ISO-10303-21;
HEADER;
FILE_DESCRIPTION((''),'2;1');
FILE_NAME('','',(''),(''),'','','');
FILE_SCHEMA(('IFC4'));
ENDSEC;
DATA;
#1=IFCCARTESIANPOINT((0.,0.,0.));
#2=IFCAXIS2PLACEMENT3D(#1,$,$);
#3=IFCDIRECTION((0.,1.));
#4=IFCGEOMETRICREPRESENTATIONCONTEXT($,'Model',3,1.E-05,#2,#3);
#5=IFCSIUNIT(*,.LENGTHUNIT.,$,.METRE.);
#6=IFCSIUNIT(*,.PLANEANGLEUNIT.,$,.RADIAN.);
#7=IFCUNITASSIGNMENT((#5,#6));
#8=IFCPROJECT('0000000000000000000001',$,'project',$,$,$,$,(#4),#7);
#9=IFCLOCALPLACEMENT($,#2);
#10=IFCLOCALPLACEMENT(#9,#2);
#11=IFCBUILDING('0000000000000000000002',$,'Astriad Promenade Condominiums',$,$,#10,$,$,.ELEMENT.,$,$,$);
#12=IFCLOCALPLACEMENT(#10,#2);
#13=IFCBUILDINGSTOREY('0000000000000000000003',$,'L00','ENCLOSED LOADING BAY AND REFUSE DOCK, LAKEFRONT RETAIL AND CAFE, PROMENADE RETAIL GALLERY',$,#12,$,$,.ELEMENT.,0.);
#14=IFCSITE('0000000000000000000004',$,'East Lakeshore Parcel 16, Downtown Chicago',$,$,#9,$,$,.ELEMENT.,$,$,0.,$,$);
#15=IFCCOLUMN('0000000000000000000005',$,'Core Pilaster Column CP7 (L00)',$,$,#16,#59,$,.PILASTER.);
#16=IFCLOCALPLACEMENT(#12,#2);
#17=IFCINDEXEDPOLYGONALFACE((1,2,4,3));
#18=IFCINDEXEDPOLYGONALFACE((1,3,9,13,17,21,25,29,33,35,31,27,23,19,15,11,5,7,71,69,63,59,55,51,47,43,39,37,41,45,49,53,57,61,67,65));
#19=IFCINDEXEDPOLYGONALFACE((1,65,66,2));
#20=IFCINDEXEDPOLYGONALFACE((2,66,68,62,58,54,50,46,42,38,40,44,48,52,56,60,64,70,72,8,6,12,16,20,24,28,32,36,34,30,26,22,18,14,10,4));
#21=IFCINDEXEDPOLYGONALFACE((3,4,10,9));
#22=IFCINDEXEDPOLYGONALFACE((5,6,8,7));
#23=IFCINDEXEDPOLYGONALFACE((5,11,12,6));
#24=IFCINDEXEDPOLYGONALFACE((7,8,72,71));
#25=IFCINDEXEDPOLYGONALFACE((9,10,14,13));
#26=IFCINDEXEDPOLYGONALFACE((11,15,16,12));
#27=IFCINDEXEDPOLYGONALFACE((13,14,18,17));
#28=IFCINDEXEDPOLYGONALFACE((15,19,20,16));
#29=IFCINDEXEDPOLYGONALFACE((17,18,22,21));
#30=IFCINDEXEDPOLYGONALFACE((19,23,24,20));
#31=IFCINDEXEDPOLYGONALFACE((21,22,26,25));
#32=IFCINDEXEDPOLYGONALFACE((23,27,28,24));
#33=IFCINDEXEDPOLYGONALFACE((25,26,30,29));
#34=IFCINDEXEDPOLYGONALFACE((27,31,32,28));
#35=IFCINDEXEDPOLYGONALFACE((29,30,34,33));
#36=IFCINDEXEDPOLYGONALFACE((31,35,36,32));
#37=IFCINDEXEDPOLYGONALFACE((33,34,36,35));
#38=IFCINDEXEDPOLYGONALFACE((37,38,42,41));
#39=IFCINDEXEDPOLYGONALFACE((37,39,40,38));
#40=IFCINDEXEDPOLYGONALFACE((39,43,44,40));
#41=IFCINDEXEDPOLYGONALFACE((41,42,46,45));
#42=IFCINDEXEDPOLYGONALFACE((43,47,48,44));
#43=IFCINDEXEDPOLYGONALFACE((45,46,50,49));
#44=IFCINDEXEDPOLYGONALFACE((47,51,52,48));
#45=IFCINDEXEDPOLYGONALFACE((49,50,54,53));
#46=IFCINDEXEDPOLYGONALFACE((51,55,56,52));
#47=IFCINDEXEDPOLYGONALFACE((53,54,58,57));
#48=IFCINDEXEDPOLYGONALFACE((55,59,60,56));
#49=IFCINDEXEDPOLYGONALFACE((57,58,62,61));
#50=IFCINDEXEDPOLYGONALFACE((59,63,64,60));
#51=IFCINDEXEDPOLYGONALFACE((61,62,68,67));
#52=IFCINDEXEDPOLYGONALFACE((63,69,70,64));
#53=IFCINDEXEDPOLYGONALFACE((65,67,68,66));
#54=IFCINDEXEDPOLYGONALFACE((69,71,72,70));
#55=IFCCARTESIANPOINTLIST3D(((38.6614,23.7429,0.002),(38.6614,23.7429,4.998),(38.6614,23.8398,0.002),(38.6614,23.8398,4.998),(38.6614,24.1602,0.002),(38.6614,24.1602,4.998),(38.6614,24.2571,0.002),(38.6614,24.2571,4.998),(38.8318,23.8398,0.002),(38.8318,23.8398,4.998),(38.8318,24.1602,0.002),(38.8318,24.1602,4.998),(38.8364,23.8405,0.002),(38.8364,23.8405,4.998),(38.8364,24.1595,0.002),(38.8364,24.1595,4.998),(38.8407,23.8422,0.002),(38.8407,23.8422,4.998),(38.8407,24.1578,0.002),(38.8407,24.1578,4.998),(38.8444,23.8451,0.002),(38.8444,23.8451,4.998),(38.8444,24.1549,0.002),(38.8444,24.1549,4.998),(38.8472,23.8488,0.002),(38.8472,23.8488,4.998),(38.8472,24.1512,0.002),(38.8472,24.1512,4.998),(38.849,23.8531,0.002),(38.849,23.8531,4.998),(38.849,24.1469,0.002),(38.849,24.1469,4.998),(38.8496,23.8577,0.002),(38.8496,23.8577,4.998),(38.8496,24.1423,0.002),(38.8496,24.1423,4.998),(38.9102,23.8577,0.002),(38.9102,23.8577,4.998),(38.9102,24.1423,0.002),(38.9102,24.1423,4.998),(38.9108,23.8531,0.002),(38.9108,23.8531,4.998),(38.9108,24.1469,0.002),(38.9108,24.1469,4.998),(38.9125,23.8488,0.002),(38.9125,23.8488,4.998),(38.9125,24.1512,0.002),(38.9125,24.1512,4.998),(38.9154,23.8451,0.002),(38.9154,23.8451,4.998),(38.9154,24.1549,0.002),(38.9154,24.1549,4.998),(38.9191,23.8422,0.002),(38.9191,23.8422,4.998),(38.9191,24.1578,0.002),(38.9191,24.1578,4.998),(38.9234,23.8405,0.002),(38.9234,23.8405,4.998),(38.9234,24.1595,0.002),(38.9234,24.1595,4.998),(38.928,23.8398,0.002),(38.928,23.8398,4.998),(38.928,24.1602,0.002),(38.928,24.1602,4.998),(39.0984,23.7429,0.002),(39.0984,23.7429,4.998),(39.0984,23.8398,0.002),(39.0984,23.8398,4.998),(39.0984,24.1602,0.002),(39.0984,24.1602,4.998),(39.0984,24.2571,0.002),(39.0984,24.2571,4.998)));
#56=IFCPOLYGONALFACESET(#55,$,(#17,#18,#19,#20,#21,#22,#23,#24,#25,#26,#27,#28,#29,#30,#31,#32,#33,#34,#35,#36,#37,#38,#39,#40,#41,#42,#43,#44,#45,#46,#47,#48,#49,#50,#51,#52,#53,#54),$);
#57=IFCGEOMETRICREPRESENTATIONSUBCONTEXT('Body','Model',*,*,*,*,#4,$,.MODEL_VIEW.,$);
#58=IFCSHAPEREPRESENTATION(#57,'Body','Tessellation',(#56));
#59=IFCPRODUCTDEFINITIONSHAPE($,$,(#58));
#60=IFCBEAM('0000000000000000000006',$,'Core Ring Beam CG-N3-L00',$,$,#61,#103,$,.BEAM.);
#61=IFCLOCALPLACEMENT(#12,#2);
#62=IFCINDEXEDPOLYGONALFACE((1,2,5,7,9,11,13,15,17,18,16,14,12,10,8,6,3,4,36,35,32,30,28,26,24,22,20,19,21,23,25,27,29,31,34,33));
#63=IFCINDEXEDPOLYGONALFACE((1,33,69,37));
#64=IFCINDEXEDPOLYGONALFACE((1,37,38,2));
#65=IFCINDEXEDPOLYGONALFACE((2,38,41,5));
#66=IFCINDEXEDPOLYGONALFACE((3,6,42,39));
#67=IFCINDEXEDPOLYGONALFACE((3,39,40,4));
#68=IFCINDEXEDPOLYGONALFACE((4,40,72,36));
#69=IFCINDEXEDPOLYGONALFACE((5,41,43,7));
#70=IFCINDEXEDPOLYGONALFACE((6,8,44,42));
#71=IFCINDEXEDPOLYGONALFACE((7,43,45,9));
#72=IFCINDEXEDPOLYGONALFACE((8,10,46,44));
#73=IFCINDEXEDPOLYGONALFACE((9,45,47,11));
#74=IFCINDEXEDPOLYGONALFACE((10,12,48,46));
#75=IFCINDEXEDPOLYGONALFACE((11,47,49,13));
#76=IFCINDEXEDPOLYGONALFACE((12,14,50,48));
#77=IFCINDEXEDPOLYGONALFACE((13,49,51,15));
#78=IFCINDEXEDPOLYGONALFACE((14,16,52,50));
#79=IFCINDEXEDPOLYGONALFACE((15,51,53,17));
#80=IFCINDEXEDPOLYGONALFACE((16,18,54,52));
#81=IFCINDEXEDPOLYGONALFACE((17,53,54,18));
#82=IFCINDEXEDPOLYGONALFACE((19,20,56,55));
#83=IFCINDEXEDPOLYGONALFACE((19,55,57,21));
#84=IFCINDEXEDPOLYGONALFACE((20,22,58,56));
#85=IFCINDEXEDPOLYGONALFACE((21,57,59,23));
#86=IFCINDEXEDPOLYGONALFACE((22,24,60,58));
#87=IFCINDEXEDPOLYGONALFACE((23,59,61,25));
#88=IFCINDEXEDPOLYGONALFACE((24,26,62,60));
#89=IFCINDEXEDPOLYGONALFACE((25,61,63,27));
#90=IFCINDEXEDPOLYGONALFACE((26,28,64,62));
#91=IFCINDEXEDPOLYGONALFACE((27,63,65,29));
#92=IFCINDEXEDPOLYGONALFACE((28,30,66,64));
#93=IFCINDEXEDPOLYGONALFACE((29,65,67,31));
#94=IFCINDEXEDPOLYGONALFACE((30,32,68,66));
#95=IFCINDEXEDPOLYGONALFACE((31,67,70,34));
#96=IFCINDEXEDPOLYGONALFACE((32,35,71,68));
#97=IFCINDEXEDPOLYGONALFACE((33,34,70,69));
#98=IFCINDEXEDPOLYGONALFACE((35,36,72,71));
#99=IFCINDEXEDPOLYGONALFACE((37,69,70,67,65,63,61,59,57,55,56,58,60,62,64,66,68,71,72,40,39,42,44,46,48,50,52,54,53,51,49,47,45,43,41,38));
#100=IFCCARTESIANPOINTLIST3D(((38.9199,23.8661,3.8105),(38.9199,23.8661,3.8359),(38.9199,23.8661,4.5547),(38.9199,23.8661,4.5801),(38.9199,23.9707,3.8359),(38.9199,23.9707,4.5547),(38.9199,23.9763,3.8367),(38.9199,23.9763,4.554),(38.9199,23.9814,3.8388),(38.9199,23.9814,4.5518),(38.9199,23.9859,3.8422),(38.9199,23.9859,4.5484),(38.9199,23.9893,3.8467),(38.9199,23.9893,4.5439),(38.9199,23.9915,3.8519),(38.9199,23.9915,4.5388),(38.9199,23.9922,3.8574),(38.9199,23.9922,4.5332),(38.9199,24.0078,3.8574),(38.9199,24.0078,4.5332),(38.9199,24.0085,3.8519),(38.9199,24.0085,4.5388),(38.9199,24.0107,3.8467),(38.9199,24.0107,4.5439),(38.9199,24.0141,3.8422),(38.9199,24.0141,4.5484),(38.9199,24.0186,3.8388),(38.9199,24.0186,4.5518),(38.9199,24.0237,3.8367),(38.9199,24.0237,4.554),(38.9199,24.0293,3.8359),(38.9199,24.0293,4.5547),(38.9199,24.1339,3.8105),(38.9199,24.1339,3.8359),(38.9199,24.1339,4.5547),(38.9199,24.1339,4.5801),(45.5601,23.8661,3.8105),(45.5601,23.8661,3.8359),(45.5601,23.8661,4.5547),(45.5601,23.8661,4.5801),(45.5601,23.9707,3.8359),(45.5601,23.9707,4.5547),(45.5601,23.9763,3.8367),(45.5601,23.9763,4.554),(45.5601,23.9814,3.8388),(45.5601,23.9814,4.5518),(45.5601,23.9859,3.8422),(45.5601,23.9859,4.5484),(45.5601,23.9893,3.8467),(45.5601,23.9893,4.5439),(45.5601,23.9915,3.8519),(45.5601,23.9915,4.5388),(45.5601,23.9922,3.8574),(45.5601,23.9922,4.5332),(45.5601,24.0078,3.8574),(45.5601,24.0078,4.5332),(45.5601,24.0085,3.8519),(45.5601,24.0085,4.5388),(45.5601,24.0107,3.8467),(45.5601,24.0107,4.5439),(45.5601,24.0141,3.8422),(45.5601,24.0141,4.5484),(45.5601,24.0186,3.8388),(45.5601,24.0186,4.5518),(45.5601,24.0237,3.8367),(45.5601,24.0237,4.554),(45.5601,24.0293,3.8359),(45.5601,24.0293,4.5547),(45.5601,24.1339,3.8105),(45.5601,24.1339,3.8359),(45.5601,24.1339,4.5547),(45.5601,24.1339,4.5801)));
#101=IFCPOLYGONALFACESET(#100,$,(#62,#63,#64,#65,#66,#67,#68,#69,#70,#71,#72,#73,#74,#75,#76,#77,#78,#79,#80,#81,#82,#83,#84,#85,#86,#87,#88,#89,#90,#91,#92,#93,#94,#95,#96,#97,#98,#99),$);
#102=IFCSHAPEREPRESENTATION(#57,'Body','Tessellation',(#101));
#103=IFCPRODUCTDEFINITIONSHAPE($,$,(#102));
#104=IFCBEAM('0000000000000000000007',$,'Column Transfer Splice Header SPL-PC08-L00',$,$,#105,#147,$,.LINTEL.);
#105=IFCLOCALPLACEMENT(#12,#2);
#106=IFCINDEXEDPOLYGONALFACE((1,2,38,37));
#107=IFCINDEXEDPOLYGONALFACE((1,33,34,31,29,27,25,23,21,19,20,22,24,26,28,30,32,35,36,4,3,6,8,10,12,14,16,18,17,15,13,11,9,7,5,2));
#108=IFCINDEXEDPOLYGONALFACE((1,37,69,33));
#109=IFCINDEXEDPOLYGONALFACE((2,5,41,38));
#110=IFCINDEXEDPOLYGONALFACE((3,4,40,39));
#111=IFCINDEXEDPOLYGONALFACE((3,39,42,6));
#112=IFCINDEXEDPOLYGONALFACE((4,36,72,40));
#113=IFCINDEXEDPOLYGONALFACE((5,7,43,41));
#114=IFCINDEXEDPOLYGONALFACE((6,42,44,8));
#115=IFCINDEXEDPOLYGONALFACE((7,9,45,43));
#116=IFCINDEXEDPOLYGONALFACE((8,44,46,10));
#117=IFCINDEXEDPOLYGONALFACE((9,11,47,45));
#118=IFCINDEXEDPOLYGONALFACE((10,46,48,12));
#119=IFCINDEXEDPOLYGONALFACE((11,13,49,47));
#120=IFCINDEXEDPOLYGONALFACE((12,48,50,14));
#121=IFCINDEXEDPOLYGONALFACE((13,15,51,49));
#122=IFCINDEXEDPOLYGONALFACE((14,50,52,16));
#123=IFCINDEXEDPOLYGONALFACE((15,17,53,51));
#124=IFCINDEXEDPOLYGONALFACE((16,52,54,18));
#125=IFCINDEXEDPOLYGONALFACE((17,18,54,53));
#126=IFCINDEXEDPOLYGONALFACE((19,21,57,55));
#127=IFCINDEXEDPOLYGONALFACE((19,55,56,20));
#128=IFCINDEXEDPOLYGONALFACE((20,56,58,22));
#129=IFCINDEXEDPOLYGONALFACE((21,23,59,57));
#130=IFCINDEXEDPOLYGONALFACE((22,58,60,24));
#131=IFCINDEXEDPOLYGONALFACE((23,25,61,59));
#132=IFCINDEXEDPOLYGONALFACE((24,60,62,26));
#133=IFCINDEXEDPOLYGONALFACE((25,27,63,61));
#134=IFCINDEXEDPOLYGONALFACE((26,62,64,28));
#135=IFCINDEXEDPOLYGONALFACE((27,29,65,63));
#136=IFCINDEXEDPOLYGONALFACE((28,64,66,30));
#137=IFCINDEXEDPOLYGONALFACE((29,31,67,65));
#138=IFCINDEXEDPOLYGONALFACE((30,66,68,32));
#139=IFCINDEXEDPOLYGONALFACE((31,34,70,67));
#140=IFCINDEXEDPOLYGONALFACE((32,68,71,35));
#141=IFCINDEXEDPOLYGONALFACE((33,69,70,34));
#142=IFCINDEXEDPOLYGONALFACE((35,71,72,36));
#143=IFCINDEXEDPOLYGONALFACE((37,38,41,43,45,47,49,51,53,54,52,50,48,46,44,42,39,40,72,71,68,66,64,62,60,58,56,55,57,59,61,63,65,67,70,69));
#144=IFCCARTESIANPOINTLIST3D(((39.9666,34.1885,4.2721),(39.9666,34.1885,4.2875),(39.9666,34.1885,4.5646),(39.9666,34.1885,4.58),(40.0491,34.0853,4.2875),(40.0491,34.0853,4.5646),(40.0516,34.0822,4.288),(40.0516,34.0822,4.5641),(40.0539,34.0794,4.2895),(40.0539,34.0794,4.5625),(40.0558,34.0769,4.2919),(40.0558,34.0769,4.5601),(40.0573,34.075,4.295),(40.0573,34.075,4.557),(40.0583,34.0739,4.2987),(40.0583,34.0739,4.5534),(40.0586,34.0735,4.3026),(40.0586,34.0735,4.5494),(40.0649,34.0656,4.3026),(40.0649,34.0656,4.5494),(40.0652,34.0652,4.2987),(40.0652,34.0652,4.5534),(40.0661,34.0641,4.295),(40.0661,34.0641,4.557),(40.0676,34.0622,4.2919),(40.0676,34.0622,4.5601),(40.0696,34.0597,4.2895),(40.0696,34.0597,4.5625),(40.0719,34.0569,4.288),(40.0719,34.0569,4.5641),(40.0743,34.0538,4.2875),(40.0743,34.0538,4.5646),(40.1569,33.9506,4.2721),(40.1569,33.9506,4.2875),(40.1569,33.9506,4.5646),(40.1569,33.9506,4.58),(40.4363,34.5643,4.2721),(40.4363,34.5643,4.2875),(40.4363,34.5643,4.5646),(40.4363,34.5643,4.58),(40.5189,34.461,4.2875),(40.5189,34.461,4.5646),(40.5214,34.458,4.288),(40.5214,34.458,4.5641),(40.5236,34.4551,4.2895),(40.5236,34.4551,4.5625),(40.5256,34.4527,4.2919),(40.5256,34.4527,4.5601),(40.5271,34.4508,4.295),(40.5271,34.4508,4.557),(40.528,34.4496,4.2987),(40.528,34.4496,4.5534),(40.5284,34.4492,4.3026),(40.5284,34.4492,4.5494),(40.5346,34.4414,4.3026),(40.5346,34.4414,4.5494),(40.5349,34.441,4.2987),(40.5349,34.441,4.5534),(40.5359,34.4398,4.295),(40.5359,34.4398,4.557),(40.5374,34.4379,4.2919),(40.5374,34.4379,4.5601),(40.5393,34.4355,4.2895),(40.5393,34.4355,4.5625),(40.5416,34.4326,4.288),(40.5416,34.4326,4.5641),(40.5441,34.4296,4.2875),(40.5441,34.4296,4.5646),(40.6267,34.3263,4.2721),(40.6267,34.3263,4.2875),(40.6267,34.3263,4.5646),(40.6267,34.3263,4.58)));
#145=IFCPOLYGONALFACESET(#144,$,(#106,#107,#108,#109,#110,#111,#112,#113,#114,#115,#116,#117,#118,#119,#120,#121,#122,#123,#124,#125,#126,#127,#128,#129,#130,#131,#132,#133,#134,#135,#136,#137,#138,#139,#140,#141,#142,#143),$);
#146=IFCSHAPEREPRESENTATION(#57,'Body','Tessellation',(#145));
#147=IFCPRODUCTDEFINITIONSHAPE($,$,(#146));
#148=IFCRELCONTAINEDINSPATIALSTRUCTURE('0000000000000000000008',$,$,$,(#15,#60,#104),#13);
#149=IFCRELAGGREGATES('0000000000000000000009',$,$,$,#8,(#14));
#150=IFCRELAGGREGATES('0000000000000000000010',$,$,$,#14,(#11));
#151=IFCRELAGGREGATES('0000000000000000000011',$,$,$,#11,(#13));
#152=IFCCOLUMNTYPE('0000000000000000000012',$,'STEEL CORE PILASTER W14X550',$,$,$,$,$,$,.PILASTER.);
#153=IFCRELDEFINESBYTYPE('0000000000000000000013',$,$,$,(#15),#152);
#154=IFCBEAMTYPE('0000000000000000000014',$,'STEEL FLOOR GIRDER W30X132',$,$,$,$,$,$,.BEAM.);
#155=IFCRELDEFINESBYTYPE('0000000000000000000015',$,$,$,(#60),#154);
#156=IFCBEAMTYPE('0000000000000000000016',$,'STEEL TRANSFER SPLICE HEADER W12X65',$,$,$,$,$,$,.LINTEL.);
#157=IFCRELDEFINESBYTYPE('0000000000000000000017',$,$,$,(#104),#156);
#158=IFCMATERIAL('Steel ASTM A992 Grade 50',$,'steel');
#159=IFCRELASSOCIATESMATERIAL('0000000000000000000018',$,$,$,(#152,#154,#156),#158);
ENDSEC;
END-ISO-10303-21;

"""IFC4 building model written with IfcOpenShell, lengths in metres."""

from ifc_helpers import new_model, si_unit, direction, frame, origin, origin_2d, place, context, subcontext, project, spatial, i_section, extrude, source, transform, mapped, material, material_profile, profile_set, type_object, type_shapes, element, save


model = new_model("IFC4")

# Units and contexts
model_context = context("Model", 3, precision=1e-05, world=origin(), true_north=direction((0.0, 1.0)))
body_context = subcontext(model_context, "Body", "Model", "MODEL_VIEW")
ifc_project = project(units=[si_unit("LENGTHUNIT", "METRE"), si_unit("PLANEANGLEUNIT", "RADIAN")], contexts=[model_context])

# Site, building, storey
site_placement = place(None, origin())
site = spatial("IfcSite", under=ifc_project, at=site_placement, Name="East Lakeshore Parcel 16, Downtown Chicago", CompositionType="ELEMENT", RefElevation=0.0)
building_placement = place(site_placement, origin())
building = spatial("IfcBuilding", under=site, at=building_placement, Name="Astriad Promenade Condominiums", CompositionType="ELEMENT")
storey_placement = place(building_placement, origin())
storey = spatial("IfcBuildingStorey", under=building, at=storey_placement, Name="L00", Description="ENCLOSED LOADING BAY AND REFUSE DOCK, LAKEFRONT RETAIL AND CAFE, PROMENADE RETAIL GALLERY", CompositionType="ELEMENT", Elevation=0.0)

# Column
ifc_material_1 = material(Name="Steel ASTM A992 Grade 50", Category="steel")
ifc_material_profile_1 = material_profile(ifc_material_1, i_section(OverallWidth=0.437, OverallDepth=0.5142, WebThickness=0.0605, FlangeThickness=0.0969, FilletRadius=0.0178, at=origin_2d()), Name="W14X550")
ifc_profile_set_1 = profile_set([ifc_material_profile_1], Name="Steel ASTM A992 Grade 50")
column_type = type_object("IfcColumnType", Name="STEEL CORE PILASTER W14X550", PredefinedType="PILASTER", material=ifc_profile_set_1)
shared_shape_1 = source(origin(), body_context, "Body", "SweptSolid", [
    extrude(i_section(OverallWidth=0.437, OverallDepth=0.5142, WebThickness=0.0605, FlangeThickness=0.0969, FilletRadius=0.0178, at=origin_2d()), origin(), (0.0, 0.0, 1.0), 4.9961),
])
type_shapes(column_type, [shared_shape_1])
column_placement = place(storey_placement, frame((38.8799, 24.0, 0.002), z_axis=(0.0, 0.0, 1.0), x_axis=(1.0, 0.0, 0.0)))
element("IfcColumn", 1, at=column_placement, inside=storey, type_object=column_type, Name="Core Pilaster Column CP7 (L00)", PredefinedType="PILASTER", context=body_context, shape_type="MappedRepresentation", body=[
    mapped(shared_shape_1, transform((0.0, 0.0, 0.0), scale=1.0)),
])

# Beams
ifc_material_profile_2 = material_profile(ifc_material_1, i_section(OverallWidth=0.2678, OverallDepth=0.7695, WebThickness=0.0156, FlangeThickness=0.0254, FilletRadius=0.0215, at=origin_2d()), Name="W30X132")
ifc_profile_set_2 = profile_set([ifc_material_profile_2], Name="Steel ASTM A992 Grade 50")
beam_type_1 = type_object("IfcBeamType", Name="STEEL FLOOR GIRDER W30X132", PredefinedType="BEAM", material=ifc_profile_set_2)
shared_shape_2 = source(origin(), body_context, "Body", "SweptSolid", [
    extrude(i_section(OverallWidth=0.2678, OverallDepth=0.7695, WebThickness=0.0156, FlangeThickness=0.0254, FilletRadius=0.0215, at=origin_2d()), origin(), (0.0, 0.0, 1.0), 6.6401),
])
type_shapes(beam_type_1, [shared_shape_2])
beam_1_placement = place(storey_placement, frame((38.9199, 24.0, 4.1953), z_axis=(1.0, 0.0, 0.0), x_axis=(0.0, 1.0, 0.0)))
element("IfcBeam", 2, at=beam_1_placement, inside=storey, type_object=beam_type_1, Name="Core Ring Beam CG-N3-L00", PredefinedType="BEAM", context=body_context, shape_type="MappedRepresentation", body=[
    mapped(shared_shape_2, transform((0.0, 0.0, 0.0), scale=1.0)),
])
ifc_material_profile_3 = material_profile(ifc_material_1, i_section(OverallWidth=0.3047, OverallDepth=0.3079, WebThickness=0.01, FlangeThickness=0.0154, FilletRadius=0.0151, at=origin_2d()), Name="W12X65")
ifc_profile_set_3 = profile_set([ifc_material_profile_3], Name="Steel ASTM A992 Grade 50")
beam_type_2 = type_object("IfcBeamType", Name="STEEL TRANSFER SPLICE HEADER W12X65", PredefinedType="LINTEL", material=ifc_profile_set_3)
shared_shape_3 = source(origin(), body_context, "Body", "SweptSolid", [
    extrude(i_section(OverallWidth=0.3047, OverallDepth=0.3079, WebThickness=0.01, FlangeThickness=0.0154, FilletRadius=0.0151, at=origin_2d()), origin(), (0.0, 0.0, 1.0), 0.6016),
])
type_shapes(beam_type_2, [shared_shape_3])
beam_2_placement = place(storey_placement, frame((40.5315, 34.4453, 4.426), z_axis=(-0.780908, -0.624646, 0.0), x_axis=(0.624646, -0.780908, 0.0)))
element("IfcBeam", 3, at=beam_2_placement, inside=storey, type_object=beam_type_2, Name="Column Transfer Splice Header SPL-PC08-L00", PredefinedType="LINTEL", context=body_context, shape_type="MappedRepresentation", body=[
    mapped(shared_shape_3, transform((0.0, 0.0, 0.0), scale=1.0)),
])

save(model, "model.ifc")
